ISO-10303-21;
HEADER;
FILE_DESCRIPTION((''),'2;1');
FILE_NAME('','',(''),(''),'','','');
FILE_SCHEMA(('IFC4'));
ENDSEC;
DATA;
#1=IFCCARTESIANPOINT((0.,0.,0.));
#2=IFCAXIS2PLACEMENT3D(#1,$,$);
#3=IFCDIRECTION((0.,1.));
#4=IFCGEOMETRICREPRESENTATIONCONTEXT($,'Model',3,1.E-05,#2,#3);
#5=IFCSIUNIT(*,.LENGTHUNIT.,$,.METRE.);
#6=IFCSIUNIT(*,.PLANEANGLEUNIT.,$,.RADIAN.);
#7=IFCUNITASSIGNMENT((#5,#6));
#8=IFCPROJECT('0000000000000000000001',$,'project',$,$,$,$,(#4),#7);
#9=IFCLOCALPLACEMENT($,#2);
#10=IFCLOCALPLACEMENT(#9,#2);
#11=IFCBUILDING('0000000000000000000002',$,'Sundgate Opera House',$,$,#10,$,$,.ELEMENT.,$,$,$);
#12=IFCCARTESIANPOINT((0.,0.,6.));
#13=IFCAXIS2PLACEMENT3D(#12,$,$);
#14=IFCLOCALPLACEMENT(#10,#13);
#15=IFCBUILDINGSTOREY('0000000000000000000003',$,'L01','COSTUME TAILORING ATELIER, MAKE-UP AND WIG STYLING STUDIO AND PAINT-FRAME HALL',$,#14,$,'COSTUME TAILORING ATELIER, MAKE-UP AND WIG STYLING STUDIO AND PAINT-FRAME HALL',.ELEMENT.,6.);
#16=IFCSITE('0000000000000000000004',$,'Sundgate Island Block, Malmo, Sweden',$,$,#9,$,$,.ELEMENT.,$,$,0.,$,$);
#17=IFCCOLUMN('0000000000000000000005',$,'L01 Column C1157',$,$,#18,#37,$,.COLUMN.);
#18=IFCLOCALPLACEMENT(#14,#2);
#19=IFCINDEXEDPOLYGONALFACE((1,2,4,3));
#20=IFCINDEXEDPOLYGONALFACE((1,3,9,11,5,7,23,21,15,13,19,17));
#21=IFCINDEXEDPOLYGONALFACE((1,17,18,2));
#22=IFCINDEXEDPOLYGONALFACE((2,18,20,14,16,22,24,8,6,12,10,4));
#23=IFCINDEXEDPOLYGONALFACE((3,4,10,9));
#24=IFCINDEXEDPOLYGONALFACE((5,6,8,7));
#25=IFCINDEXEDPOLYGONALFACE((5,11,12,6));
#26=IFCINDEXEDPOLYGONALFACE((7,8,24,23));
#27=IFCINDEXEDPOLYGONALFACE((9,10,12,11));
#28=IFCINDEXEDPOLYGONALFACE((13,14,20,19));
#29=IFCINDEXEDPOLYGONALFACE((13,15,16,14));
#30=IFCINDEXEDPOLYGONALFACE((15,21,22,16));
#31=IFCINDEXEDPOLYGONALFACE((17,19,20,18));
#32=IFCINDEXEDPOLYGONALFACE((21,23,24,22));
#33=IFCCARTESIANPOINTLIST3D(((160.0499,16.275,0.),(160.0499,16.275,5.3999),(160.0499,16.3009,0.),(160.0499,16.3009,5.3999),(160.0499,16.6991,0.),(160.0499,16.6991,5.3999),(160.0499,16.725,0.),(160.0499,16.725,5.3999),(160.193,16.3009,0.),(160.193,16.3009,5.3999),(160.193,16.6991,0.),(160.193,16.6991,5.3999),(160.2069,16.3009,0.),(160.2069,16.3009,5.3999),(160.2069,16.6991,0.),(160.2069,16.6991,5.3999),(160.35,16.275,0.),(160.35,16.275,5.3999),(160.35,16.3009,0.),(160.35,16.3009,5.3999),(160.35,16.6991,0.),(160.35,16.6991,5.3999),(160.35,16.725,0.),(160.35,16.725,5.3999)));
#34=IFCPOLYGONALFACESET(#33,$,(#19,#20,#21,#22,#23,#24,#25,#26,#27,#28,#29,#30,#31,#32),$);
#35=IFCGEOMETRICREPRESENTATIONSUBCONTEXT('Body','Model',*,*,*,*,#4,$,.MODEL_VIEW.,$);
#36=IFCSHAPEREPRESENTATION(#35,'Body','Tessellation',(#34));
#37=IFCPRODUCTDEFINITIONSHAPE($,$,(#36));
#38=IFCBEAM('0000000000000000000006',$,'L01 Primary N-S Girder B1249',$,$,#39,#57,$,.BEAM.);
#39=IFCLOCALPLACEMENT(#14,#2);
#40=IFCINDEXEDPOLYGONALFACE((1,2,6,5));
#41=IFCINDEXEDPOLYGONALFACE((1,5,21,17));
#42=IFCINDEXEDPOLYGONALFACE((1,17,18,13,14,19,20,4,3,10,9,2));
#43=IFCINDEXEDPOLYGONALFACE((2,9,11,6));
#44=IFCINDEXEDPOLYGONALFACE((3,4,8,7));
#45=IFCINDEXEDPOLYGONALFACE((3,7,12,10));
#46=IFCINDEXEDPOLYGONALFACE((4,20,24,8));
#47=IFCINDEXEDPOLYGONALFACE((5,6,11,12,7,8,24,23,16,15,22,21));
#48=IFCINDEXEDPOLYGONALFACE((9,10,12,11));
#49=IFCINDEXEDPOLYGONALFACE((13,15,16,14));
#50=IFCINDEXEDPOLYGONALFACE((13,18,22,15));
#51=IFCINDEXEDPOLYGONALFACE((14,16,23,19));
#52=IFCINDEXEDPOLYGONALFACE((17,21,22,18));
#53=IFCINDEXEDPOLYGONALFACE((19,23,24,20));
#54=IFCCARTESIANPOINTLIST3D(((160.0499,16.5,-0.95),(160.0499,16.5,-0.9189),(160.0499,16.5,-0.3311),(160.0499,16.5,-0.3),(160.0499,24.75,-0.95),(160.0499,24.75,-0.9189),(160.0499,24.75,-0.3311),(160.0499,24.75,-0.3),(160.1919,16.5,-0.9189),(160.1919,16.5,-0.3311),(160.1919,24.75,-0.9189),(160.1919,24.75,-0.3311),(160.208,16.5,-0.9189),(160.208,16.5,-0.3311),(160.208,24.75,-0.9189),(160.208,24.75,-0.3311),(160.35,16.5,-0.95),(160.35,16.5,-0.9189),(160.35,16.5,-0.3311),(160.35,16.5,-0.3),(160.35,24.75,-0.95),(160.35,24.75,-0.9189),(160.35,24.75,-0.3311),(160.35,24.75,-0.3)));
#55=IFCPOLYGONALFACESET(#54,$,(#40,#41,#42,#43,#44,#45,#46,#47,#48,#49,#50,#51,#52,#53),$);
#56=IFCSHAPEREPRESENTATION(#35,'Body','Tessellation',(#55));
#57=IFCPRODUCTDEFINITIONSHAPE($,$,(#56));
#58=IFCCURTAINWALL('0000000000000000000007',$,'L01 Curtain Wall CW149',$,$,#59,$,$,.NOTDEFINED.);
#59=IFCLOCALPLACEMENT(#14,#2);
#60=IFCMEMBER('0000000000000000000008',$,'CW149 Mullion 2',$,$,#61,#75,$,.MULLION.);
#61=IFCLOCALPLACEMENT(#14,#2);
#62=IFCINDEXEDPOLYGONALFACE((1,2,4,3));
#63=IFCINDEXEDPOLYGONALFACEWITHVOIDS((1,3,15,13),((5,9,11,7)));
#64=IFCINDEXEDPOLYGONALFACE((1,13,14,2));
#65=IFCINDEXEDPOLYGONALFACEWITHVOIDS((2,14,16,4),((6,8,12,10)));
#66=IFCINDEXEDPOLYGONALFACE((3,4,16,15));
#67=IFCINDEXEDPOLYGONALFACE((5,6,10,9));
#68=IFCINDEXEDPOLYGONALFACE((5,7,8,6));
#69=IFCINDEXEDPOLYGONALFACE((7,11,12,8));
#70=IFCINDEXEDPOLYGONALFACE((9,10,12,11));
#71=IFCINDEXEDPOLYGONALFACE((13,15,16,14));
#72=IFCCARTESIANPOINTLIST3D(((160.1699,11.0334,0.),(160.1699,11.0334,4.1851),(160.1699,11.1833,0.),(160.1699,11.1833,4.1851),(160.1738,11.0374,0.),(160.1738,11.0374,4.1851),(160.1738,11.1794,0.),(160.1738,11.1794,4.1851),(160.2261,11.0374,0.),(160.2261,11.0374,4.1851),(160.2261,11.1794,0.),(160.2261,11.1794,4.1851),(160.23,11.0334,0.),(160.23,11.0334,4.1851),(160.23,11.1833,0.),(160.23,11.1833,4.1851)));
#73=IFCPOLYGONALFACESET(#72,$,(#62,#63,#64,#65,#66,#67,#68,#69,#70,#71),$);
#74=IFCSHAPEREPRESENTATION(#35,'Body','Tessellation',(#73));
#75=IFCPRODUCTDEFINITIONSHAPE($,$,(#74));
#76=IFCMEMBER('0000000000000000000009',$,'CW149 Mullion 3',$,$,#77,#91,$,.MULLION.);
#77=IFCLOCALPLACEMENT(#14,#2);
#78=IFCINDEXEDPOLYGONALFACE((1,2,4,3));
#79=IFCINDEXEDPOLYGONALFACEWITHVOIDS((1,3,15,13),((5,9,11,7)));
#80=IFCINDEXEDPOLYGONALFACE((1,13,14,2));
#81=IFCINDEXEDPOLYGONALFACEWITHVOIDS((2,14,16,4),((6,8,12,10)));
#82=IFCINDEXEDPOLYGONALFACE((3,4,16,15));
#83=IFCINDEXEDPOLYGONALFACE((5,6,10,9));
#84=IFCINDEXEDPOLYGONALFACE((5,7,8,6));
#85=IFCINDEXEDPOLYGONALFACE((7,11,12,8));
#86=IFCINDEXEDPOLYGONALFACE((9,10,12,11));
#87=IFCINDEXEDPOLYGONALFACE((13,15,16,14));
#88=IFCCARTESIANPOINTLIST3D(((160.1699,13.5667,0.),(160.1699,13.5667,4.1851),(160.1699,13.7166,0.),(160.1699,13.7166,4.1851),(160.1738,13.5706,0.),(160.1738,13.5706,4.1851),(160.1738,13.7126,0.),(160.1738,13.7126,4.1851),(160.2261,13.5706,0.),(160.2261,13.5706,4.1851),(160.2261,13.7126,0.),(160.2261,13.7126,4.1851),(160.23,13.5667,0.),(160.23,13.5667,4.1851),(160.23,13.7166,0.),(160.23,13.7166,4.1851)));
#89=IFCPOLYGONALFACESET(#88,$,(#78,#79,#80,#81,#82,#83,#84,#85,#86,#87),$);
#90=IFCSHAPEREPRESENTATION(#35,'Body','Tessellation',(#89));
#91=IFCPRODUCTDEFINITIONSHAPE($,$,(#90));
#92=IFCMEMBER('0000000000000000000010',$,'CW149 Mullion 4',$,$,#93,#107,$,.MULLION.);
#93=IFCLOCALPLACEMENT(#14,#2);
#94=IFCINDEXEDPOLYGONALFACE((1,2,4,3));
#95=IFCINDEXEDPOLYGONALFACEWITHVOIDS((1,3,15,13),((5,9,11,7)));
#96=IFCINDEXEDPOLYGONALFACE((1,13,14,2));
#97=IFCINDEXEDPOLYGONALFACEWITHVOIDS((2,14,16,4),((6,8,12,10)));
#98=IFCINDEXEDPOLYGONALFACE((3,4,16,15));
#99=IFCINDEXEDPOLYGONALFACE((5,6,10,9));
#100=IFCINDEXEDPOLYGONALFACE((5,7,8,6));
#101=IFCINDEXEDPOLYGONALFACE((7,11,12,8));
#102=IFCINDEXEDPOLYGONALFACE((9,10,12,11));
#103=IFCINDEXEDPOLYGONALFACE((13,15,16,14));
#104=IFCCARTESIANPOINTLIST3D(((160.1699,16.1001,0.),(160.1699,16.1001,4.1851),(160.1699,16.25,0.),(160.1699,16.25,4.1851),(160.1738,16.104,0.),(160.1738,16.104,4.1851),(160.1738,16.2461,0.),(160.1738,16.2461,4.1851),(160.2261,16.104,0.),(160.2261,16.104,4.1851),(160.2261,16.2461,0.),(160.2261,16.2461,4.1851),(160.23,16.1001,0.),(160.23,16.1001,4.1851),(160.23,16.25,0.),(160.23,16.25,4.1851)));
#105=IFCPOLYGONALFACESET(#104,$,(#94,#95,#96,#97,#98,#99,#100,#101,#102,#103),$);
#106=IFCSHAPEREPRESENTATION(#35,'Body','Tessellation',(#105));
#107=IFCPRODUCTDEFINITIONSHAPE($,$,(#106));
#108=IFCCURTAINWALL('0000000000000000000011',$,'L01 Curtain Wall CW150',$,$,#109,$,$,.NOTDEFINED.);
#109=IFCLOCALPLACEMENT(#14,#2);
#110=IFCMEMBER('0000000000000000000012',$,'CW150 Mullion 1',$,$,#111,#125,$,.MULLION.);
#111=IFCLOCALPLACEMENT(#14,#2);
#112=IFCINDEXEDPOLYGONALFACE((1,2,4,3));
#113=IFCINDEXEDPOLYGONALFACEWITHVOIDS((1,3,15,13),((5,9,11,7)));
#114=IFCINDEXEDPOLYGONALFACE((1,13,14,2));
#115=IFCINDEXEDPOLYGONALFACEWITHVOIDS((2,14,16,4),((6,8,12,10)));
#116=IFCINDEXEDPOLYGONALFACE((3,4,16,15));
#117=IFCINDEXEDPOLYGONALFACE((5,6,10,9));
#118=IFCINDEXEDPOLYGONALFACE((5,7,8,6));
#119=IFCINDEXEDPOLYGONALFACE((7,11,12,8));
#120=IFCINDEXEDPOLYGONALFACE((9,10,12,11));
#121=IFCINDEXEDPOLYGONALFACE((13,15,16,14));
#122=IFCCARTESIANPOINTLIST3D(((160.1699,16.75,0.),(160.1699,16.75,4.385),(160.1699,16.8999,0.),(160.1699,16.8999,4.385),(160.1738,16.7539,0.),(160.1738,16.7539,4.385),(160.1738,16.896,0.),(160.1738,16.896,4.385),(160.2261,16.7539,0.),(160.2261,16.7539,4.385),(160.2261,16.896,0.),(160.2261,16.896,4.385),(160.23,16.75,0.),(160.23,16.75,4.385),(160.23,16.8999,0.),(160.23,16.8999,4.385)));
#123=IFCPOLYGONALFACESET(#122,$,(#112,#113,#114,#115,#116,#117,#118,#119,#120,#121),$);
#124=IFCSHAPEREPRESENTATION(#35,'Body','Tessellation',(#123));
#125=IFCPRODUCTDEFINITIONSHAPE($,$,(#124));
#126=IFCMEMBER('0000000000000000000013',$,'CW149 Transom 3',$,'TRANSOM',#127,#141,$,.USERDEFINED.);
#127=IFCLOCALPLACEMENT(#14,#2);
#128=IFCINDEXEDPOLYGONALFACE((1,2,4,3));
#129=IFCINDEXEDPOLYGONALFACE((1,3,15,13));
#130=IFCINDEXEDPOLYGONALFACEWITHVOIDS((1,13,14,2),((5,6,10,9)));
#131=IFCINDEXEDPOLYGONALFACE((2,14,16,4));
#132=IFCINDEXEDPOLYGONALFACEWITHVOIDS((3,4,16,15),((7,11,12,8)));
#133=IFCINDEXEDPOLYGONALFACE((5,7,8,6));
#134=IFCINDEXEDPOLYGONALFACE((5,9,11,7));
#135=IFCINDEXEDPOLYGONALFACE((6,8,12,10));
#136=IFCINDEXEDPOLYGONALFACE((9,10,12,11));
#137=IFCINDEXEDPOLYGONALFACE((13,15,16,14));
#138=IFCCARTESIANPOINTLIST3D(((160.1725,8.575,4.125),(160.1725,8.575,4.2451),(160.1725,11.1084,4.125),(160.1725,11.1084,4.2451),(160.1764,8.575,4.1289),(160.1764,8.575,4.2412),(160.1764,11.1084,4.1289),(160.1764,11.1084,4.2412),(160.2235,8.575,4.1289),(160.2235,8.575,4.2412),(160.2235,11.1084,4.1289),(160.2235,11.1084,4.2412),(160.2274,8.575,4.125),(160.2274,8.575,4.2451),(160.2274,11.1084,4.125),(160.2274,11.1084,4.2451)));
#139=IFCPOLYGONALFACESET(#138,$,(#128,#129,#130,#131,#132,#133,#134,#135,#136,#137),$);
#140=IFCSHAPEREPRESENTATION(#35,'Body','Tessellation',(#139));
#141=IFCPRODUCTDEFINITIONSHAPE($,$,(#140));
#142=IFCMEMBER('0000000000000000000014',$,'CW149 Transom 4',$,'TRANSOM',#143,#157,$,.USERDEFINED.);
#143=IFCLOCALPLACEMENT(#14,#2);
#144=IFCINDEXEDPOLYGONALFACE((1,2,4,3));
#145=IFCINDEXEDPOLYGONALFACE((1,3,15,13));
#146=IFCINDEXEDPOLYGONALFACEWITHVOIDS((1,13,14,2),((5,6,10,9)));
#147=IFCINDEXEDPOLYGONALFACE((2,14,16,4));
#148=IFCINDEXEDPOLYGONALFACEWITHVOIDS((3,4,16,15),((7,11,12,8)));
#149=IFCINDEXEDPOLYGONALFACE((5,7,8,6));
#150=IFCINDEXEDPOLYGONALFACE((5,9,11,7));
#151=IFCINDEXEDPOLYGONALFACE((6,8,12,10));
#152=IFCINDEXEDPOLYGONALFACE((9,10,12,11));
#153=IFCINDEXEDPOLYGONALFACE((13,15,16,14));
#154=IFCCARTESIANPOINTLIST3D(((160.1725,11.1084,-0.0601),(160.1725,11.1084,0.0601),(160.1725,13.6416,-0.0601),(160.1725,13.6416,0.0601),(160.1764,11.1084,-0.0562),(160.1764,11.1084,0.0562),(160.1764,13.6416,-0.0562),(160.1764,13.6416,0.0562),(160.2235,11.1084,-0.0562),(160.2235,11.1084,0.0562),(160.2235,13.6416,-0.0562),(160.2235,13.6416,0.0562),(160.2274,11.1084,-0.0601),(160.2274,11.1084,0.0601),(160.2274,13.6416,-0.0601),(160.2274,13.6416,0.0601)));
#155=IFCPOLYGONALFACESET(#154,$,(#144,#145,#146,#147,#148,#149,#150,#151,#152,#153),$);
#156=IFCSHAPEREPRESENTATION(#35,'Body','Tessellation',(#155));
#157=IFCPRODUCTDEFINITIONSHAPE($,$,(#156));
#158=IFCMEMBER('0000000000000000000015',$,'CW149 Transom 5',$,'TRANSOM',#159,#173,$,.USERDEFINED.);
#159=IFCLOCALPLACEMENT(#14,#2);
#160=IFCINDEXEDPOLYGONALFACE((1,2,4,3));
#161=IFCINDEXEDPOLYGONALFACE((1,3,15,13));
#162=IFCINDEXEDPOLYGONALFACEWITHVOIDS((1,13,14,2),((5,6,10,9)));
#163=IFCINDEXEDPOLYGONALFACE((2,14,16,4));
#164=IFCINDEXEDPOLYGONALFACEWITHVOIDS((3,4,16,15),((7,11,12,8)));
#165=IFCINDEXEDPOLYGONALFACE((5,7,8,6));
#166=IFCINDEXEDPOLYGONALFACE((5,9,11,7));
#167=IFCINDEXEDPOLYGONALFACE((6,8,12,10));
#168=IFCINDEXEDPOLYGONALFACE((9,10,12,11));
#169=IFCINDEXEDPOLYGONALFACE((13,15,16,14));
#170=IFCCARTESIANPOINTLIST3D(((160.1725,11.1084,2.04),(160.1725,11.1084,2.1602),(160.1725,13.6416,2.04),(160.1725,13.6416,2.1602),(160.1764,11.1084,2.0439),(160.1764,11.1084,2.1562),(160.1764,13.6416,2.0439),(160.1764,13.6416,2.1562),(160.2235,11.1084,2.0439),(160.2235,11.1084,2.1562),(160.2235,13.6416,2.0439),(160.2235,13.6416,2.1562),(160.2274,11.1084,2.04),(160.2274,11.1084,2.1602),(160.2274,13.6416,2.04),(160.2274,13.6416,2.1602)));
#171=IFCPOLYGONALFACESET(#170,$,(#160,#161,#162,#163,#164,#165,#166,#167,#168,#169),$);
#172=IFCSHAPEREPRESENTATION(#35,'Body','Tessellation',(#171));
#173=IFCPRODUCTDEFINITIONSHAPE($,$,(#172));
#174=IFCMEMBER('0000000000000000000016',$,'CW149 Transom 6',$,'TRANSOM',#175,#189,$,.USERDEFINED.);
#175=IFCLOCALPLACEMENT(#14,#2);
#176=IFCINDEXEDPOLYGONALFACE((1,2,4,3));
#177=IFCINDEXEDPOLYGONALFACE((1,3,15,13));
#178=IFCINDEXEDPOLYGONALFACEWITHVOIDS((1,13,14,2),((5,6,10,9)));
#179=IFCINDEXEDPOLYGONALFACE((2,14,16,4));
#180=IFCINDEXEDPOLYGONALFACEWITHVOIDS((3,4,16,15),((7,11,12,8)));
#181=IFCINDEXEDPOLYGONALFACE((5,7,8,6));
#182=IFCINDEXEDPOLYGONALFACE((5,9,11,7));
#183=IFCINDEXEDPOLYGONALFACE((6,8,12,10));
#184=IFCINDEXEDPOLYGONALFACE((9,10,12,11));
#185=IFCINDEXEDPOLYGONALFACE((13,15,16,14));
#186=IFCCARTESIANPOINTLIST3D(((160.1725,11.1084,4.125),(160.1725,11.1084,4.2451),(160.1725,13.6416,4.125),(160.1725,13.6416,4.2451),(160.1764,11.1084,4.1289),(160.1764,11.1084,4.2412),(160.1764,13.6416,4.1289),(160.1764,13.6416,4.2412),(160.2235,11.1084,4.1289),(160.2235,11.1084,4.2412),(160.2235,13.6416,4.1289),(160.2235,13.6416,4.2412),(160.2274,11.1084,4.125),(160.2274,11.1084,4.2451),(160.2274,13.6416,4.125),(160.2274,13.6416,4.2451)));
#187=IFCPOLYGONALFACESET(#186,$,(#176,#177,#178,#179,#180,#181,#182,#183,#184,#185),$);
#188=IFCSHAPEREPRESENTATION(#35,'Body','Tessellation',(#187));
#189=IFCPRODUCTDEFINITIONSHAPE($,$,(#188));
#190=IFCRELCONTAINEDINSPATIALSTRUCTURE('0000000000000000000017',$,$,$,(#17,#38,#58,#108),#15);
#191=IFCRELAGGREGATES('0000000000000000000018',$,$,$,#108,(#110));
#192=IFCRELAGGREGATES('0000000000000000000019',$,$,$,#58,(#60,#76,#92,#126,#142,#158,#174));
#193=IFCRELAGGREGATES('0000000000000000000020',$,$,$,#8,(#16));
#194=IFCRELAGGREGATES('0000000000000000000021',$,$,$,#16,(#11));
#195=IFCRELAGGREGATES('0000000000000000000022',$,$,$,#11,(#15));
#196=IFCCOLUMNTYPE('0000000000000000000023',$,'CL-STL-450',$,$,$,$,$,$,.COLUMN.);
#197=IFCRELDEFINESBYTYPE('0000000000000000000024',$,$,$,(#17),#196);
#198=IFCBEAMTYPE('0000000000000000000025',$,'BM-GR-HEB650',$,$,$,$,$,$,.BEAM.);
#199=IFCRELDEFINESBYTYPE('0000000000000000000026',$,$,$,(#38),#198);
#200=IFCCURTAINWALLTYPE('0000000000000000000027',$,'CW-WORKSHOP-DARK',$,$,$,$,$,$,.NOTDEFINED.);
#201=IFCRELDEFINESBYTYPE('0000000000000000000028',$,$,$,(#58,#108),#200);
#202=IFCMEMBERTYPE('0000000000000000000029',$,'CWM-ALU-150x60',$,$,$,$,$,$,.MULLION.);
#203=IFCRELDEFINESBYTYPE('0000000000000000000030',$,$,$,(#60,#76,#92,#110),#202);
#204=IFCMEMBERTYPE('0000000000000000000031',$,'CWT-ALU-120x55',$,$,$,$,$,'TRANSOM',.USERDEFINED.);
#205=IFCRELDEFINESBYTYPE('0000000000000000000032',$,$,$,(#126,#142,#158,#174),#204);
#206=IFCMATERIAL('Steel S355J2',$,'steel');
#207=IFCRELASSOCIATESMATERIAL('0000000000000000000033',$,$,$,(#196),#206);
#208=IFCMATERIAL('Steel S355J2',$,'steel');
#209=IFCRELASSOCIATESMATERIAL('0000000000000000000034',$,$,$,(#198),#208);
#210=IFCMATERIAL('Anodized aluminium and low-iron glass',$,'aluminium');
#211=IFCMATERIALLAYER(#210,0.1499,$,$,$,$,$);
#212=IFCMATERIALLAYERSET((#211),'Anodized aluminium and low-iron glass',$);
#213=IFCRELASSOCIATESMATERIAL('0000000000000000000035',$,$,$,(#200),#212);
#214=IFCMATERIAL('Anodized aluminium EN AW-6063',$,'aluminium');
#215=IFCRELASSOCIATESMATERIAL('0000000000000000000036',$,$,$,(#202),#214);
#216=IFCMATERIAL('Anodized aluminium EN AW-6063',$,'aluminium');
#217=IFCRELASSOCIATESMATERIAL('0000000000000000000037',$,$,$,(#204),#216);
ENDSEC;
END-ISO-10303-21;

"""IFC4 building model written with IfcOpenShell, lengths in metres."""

from ifc_helpers import new_model, si_unit, direction, frame, origin, origin_2d, place, context, subcontext, project, spatial, hollow_rectangle, i_section, extrude, material, layer, layer_set, material_profile, profile_set, type_object, element, aggregate, save


model = new_model("IFC4")

# Units and contexts
model_context = context("Model", 3, precision=1e-05, world=origin(), true_north=direction((0.0, 1.0)))
body_context = subcontext(model_context, "Body", "Model", "MODEL_VIEW")
ifc_project = project(units=[si_unit("LENGTHUNIT", "METRE"), si_unit("PLANEANGLEUNIT", "RADIAN")], contexts=[model_context])

# Site, building, storey
site_placement = place(None, origin())
site = spatial("IfcSite", under=ifc_project, at=site_placement, Name="Sundgate Island Block, Malmo, Sweden", CompositionType="ELEMENT", RefElevation=0.0)
building_placement = place(site_placement, origin())
building = spatial("IfcBuilding", under=site, at=building_placement, Name="Sundgate Opera House", CompositionType="ELEMENT")
storey_placement = place(building_placement, frame((0.0, 0.0, 6.0)))
storey = spatial("IfcBuildingStorey", under=building, at=storey_placement, Name="L01", Description="COSTUME TAILORING ATELIER, MAKE-UP AND WIG STYLING STUDIO AND PAINT-FRAME HALL", LongName="COSTUME TAILORING ATELIER, MAKE-UP AND WIG STYLING STUDIO AND PAINT-FRAME HALL", CompositionType="ELEMENT", Elevation=6.0)

# Column
ifc_material_1 = material(Name="Steel S355J2", Category="steel")
ifc_material_profile_1 = material_profile(ifc_material_1, i_section(OverallWidth=0.3, OverallDepth=0.45, WebThickness=0.0139, FlangeThickness=0.0259, at=origin_2d()), Name="HEB 450")
ifc_profile_set_1 = profile_set([ifc_material_profile_1], Name="Steel S355J2")
column_type = type_object("IfcColumnType", Name="CL-STL-450", PredefinedType="COLUMN", material=ifc_profile_set_1)
column_placement = place(storey_placement, frame((160.2, 16.5, 0.0), z_axis=(0.0, 0.0, 1.0), x_axis=(1.0, 0.0, 0.0)))
element("IfcColumn", 1, at=column_placement, inside=storey, type_object=column_type, Name="L01 Column C1157", PredefinedType="COLUMN", context=body_context, shape_type="SweptSolid", body=[
    extrude(i_section(OverallWidth=0.3, OverallDepth=0.45, WebThickness=0.0139, FlangeThickness=0.0259, at=origin_2d()), origin(), (0.0, 0.0, 1.0), 5.3999),
])

# Beam
ifc_material_2 = material(Name="Steel S355J2", Category="steel")
ifc_material_profile_2 = material_profile(ifc_material_2, i_section(OverallWidth=0.3, OverallDepth=0.6499, WebThickness=0.0161, FlangeThickness=0.031, at=origin_2d()), Name="HEB 650")
ifc_profile_set_2 = profile_set([ifc_material_profile_2], Name="Steel S355J2")
beam_type = type_object("IfcBeamType", Name="BM-GR-HEB650", PredefinedType="BEAM", material=ifc_profile_set_2)
beam_placement = place(storey_placement, frame((160.2, 16.5, -0.625), z_axis=(0.0, 1.0, 0.0), x_axis=(-1.0, 0.0, 0.0)))
element("IfcBeam", 2, at=beam_placement, inside=storey, type_object=beam_type, Name="L01 Primary N-S Girder B1249", PredefinedType="BEAM", context=body_context, shape_type="SweptSolid", body=[
    extrude(i_section(OverallWidth=0.3, OverallDepth=0.6499, WebThickness=0.0161, FlangeThickness=0.031, at=origin_2d()), origin(), (0.0, 0.0, 1.0), 8.25),
])

# Curtain wall, members
ifc_material_3 = material(Name="Anodized aluminium and low-iron glass", Category="aluminium")
ifc_layer_1 = layer(ifc_material_3, 0.1499)
ifc_layer_set_1 = layer_set([ifc_layer_1], Name="Anodized aluminium and low-iron glass")
curtain_wall_type = type_object("IfcCurtainWallType", Name="CW-WORKSHOP-DARK", PredefinedType="NOTDEFINED", material=ifc_layer_set_1)
curtain_wall_1_placement = place(storey_placement, origin())
curtain_wall_1 = element("IfcCurtainWall", 3, at=curtain_wall_1_placement, inside=storey, type_object=curtain_wall_type, Name="L01 Curtain Wall CW149", PredefinedType="NOTDEFINED")
ifc_material_4 = material(Name="Anodized aluminium EN AW-6063", Category="aluminium")
ifc_material_profile_3 = material_profile(ifc_material_4, hollow_rectangle(XDim=0.0601, YDim=0.1499, WallThickness=0.0039, at=origin_2d()), Name="CWM 150x60x4")
ifc_profile_set_3 = profile_set([ifc_material_profile_3], Name="Anodized aluminium EN AW-6063")
member_type_1 = type_object("IfcMemberType", Name="CWM-ALU-150x60", PredefinedType="MULLION", material=ifc_profile_set_3)
member_1_placement = place(storey_placement, frame((160.2, 11.1084, 0.0), z_axis=(0.0, 0.0, 1.0), x_axis=(1.0, 0.0, 0.0)))
member_1 = element("IfcMember", 4, at=member_1_placement, type_object=member_type_1, Name="CW149 Mullion 2", PredefinedType="MULLION", context=body_context, shape_type="SweptSolid", body=[
    extrude(hollow_rectangle(XDim=0.0601, YDim=0.1499, WallThickness=0.0039, at=origin_2d()), origin(), (0.0, 0.0, 1.0), 4.1851),
])
member_2_placement = place(storey_placement, frame((160.2, 13.6416, 0.0), z_axis=(0.0, 0.0, 1.0), x_axis=(1.0, 0.0, 0.0)))
member_2 = element("IfcMember", 5, at=member_2_placement, type_object=member_type_1, Name="CW149 Mullion 3", PredefinedType="MULLION", context=body_context, shape_type="SweptSolid", body=[
    extrude(hollow_rectangle(XDim=0.0601, YDim=0.1499, WallThickness=0.0039, at=origin_2d()), origin(), (0.0, 0.0, 1.0), 4.1851),
])
member_3_placement = place(storey_placement, frame((160.2, 16.175, 0.0), z_axis=(0.0, 0.0, 1.0), x_axis=(1.0, 0.0, 0.0)))
member_3 = element("IfcMember", 6, at=member_3_placement, type_object=member_type_1, Name="CW149 Mullion 4", PredefinedType="MULLION", context=body_context, shape_type="SweptSolid", body=[
    extrude(hollow_rectangle(XDim=0.0601, YDim=0.1499, WallThickness=0.0039, at=origin_2d()), origin(), (0.0, 0.0, 1.0), 4.1851),
])

# Curtain wall, member
curtain_wall_2_placement = place(storey_placement, origin())
curtain_wall_2 = element("IfcCurtainWall", 7, at=curtain_wall_2_placement, inside=storey, type_object=curtain_wall_type, Name="L01 Curtain Wall CW150", PredefinedType="NOTDEFINED")
member_4_placement = place(storey_placement, frame((160.2, 16.825, 0.0), z_axis=(0.0, 0.0, 1.0), x_axis=(1.0, 0.0, 0.0)))
member_4 = element("IfcMember", 8, at=member_4_placement, type_object=member_type_1, Name="CW150 Mullion 1", PredefinedType="MULLION", context=body_context, shape_type="SweptSolid", body=[
    extrude(hollow_rectangle(XDim=0.0601, YDim=0.1499, WallThickness=0.0039, at=origin_2d()), origin(), (0.0, 0.0, 1.0), 4.385),
])

# Members
ifc_material_5 = material(Name="Anodized aluminium EN AW-6063", Category="aluminium")
ifc_material_profile_4 = material_profile(ifc_material_5, hollow_rectangle(XDim=0.0549, YDim=0.1201, WallThickness=0.0039, at=origin_2d()), Name="CWT 120x55x4")
ifc_profile_set_4 = profile_set([ifc_material_profile_4], Name="Anodized aluminium EN AW-6063")
member_type_2 = type_object("IfcMemberType", Name="CWT-ALU-120x55", ElementType="TRANSOM", PredefinedType="USERDEFINED", material=ifc_profile_set_4)
member_5_placement = place(storey_placement, frame((160.2, 8.575, 4.1851), z_axis=(0.0, 1.0, 0.0), x_axis=(-1.0, 0.0, 0.0)))
member_5 = element("IfcMember", 9, at=member_5_placement, type_object=member_type_2, Name="CW149 Transom 3", ObjectType="TRANSOM", PredefinedType="USERDEFINED", context=body_context, shape_type="SweptSolid", body=[
    extrude(hollow_rectangle(XDim=0.0549, YDim=0.1201, WallThickness=0.0039, at=origin_2d()), origin(), (0.0, 0.0, 1.0), 2.5334),
])
member_6_placement = place(storey_placement, frame((160.2, 11.1084, 0.0), z_axis=(0.0, 1.0, 0.0), x_axis=(-1.0, 0.0, 0.0)))
member_6 = element("IfcMember", 10, at=member_6_placement, type_object=member_type_2, Name="CW149 Transom 4", ObjectType="TRANSOM", PredefinedType="USERDEFINED", context=body_context, shape_type="SweptSolid", body=[
    extrude(hollow_rectangle(XDim=0.0549, YDim=0.1201, WallThickness=0.0039, at=origin_2d()), origin(), (0.0, 0.0, 1.0), 2.5332),
])
member_7_placement = place(storey_placement, frame((160.2, 11.1084, 2.1001), z_axis=(0.0, 1.0, 0.0), x_axis=(-1.0, 0.0, 0.0)))
member_7 = element("IfcMember", 11, at=member_7_placement, type_object=member_type_2, Name="CW149 Transom 5", ObjectType="TRANSOM", PredefinedType="USERDEFINED", context=body_context, shape_type="SweptSolid", body=[
    extrude(hollow_rectangle(XDim=0.0549, YDim=0.1201, WallThickness=0.0039, at=origin_2d()), origin(), (0.0, 0.0, 1.0), 2.5332),
])
member_8_placement = place(storey_placement, frame((160.2, 11.1084, 4.1851), z_axis=(0.0, 1.0, 0.0), x_axis=(-1.0, 0.0, 0.0)))
member_8 = element("IfcMember", 12, at=member_8_placement, type_object=member_type_2, Name="CW149 Transom 6", ObjectType="TRANSOM", PredefinedType="USERDEFINED", context=body_context, shape_type="SweptSolid", body=[
    extrude(hollow_rectangle(XDim=0.0549, YDim=0.1201, WallThickness=0.0039, at=origin_2d()), origin(), (0.0, 0.0, 1.0), 2.5332),
])
aggregate(curtain_wall_2, [member_4])

aggregate(curtain_wall_1, [member_1, member_2, member_3, member_5, member_6, member_7, member_8])

save(model, "model.ifc")
